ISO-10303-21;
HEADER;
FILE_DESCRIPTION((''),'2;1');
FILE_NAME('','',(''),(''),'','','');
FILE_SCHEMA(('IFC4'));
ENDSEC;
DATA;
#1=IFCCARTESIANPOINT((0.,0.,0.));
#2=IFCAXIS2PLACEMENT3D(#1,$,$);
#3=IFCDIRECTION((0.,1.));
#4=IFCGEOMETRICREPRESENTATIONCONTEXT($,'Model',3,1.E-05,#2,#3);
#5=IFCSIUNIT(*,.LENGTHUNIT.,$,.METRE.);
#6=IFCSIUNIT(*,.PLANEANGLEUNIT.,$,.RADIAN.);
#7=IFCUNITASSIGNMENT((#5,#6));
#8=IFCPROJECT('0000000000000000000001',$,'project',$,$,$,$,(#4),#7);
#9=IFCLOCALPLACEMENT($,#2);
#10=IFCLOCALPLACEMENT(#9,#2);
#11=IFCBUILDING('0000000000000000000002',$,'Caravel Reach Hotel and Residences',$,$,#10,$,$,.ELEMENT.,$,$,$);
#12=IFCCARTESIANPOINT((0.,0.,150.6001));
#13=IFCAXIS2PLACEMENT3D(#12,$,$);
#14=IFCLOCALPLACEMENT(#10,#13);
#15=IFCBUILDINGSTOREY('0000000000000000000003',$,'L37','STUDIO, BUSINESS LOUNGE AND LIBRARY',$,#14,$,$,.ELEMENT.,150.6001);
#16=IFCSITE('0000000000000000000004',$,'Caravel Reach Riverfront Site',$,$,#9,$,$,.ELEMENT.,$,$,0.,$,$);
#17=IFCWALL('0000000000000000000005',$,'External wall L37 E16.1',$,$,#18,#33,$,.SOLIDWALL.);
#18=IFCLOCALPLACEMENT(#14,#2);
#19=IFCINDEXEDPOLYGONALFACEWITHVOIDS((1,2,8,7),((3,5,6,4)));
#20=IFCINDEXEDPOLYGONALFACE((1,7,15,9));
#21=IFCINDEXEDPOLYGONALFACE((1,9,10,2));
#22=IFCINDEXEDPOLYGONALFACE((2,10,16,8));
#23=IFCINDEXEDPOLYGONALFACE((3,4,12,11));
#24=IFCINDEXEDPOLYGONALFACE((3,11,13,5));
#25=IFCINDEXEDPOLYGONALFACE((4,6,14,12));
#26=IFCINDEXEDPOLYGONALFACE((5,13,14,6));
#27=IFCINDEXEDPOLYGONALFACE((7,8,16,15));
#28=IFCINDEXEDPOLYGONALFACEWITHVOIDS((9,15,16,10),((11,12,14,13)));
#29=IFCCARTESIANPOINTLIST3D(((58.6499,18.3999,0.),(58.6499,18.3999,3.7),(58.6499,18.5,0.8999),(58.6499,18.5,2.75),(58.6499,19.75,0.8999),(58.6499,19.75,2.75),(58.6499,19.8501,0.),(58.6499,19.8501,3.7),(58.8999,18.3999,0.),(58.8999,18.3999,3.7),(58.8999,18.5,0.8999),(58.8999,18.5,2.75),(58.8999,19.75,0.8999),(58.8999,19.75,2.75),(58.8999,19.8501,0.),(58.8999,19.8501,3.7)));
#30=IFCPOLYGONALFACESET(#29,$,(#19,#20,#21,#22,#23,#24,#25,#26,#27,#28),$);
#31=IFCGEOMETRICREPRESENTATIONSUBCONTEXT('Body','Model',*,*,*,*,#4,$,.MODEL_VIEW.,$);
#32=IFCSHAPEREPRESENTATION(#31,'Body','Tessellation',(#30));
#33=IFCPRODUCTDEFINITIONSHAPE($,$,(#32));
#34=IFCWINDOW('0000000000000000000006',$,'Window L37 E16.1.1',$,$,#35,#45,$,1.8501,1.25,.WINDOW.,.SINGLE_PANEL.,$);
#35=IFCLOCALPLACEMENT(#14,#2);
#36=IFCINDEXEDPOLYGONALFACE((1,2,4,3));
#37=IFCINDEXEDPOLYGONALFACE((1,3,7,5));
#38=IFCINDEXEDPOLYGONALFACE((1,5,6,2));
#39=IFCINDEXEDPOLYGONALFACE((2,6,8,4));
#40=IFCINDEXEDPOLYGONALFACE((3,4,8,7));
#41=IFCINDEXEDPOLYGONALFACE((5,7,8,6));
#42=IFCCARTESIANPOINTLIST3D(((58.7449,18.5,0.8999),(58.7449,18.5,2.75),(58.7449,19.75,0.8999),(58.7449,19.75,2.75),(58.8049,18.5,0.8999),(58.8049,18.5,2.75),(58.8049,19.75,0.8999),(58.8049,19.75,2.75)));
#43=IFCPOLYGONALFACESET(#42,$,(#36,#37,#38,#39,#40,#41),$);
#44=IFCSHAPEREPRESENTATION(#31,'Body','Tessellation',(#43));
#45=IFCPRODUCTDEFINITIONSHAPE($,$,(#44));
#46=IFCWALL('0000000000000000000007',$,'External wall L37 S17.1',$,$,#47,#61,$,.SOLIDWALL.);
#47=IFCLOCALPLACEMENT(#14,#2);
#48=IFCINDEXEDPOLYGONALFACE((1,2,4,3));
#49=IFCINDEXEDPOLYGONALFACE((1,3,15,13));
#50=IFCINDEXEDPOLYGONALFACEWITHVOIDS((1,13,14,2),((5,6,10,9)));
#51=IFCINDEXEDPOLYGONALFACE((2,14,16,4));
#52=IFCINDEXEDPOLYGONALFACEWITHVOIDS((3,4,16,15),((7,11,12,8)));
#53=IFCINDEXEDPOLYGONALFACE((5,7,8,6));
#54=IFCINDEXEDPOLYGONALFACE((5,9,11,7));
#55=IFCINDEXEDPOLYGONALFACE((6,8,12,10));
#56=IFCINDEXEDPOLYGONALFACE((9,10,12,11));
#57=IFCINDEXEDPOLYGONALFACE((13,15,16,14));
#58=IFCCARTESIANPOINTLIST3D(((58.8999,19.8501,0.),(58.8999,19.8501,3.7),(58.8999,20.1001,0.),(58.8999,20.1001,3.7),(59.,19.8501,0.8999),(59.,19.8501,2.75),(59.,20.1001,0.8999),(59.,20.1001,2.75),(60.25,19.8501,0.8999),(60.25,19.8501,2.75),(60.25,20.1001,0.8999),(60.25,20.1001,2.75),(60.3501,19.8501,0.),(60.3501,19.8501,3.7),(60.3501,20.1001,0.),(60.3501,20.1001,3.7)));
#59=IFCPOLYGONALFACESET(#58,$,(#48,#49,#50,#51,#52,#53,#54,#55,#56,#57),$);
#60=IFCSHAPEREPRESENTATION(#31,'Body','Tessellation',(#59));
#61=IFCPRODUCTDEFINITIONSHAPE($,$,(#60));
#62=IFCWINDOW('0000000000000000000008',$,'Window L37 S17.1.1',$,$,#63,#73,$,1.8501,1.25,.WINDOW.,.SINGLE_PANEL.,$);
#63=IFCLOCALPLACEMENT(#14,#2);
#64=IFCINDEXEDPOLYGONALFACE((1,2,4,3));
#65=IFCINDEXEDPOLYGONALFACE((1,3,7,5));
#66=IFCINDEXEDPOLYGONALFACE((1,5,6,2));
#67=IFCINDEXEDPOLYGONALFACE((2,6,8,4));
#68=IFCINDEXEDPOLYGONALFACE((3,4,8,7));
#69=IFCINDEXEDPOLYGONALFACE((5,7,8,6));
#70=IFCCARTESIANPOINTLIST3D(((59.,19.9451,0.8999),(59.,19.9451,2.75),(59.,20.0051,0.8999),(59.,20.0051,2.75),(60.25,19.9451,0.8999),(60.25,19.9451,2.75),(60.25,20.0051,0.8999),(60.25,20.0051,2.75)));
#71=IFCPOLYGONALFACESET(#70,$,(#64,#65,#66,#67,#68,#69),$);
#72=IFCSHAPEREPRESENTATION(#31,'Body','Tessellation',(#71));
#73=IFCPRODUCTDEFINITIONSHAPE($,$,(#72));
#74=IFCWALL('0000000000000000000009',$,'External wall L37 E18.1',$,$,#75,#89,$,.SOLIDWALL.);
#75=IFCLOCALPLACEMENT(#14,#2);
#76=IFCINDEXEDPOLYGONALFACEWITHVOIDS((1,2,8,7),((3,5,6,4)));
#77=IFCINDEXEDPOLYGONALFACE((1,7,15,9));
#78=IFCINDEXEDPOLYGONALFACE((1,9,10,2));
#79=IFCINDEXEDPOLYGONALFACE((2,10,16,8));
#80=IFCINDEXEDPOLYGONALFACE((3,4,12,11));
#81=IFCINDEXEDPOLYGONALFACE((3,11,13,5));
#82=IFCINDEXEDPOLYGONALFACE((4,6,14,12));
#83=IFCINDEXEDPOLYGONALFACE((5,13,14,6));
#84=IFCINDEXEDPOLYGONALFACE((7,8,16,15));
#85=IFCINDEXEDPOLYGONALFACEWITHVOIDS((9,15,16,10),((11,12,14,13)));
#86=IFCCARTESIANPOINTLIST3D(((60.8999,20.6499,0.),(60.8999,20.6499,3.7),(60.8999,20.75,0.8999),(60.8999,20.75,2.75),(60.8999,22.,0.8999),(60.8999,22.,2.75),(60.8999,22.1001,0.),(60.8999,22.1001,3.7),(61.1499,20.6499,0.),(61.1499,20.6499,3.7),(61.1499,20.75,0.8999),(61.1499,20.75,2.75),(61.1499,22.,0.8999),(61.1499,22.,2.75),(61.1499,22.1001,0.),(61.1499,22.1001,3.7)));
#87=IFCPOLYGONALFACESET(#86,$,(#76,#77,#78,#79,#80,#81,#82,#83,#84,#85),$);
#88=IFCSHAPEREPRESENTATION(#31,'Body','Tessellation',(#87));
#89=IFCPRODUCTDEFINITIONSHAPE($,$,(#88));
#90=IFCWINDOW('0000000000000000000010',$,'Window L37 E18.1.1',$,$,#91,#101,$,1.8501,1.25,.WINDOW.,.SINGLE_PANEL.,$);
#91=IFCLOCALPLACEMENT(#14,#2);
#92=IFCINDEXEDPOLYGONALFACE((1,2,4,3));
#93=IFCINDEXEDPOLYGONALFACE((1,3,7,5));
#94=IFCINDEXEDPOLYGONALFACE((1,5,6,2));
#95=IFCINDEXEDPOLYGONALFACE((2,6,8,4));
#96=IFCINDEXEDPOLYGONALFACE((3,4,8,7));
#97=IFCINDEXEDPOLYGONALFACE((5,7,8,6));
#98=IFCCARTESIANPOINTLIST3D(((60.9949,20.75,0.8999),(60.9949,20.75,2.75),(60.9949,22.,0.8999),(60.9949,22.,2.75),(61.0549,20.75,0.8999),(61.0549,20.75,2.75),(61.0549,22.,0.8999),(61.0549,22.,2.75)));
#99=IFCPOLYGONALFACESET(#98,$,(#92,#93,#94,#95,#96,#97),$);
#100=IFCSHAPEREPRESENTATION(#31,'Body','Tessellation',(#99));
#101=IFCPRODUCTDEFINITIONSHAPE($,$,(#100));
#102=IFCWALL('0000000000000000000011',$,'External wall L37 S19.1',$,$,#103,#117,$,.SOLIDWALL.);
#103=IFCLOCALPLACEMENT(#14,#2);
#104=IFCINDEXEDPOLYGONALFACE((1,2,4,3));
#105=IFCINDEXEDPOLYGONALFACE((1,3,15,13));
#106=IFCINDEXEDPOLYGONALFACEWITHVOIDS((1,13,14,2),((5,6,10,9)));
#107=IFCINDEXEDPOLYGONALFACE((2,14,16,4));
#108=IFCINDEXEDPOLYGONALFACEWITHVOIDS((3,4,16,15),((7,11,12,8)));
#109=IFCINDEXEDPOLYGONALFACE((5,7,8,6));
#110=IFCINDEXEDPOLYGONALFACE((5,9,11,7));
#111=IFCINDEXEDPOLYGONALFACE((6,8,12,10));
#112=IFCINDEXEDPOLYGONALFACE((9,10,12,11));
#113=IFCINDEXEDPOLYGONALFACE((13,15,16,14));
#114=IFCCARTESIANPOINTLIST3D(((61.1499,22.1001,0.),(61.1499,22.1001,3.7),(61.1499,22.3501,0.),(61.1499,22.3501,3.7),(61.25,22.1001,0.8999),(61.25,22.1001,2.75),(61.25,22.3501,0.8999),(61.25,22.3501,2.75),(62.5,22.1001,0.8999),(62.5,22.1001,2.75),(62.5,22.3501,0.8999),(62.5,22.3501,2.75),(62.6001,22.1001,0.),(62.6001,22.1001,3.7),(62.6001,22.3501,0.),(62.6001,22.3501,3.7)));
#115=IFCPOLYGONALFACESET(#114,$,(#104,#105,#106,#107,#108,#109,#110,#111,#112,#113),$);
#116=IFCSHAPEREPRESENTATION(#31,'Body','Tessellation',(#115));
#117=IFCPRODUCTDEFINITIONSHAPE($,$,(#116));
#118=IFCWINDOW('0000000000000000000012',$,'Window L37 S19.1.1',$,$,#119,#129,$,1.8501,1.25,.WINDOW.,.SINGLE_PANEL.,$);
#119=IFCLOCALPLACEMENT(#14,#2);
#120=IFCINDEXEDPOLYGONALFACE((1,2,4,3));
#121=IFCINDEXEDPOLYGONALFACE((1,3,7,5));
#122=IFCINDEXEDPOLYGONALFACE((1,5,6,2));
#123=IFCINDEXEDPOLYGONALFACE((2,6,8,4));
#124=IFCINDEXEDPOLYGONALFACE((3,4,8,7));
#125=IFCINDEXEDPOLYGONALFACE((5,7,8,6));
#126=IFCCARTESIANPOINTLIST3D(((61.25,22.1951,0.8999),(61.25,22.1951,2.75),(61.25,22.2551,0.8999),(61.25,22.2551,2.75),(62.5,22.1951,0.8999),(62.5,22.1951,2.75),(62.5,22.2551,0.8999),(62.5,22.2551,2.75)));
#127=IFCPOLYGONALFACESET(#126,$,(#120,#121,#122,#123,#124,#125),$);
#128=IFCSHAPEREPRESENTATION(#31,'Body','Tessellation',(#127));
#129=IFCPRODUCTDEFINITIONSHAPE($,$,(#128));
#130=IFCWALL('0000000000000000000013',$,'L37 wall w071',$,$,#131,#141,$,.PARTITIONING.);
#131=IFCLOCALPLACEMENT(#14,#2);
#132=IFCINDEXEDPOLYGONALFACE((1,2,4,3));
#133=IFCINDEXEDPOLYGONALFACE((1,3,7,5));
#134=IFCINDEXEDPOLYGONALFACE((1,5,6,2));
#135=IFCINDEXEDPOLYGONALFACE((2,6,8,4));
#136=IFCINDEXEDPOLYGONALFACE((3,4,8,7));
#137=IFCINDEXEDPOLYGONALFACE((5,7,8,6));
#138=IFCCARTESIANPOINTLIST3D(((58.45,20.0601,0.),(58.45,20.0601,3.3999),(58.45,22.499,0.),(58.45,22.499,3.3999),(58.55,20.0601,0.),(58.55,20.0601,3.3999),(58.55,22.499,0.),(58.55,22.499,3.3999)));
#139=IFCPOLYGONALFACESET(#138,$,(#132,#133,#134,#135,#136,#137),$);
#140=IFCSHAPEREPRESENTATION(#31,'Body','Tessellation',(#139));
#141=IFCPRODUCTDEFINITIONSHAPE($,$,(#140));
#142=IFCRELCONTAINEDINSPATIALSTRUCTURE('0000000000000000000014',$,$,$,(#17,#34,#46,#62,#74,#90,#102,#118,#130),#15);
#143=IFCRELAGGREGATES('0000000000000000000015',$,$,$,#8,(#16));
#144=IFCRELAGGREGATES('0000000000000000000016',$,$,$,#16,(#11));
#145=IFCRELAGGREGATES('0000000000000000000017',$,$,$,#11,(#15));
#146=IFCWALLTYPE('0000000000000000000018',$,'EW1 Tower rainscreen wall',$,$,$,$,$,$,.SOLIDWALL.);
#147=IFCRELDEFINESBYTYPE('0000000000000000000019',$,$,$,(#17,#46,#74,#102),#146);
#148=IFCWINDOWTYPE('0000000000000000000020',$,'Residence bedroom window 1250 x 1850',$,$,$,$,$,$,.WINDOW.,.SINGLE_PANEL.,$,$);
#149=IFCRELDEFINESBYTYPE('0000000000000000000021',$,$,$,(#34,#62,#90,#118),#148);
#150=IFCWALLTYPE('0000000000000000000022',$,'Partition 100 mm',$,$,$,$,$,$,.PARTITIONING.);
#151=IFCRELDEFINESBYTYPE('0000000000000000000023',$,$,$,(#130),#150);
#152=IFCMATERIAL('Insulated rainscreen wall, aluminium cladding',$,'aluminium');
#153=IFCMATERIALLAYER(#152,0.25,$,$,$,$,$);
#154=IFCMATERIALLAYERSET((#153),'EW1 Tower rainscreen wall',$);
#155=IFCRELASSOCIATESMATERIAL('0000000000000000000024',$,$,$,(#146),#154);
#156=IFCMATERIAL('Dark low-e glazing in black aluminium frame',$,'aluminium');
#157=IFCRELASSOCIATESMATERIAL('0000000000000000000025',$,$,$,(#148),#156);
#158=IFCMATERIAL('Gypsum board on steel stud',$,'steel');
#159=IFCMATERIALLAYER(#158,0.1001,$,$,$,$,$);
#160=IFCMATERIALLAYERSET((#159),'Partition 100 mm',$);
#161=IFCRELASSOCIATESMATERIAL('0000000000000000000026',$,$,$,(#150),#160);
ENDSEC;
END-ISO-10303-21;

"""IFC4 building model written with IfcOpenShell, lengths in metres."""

from ifc_helpers import new_model, si_unit, direction, frame, frame_2d, origin, place, context, subcontext, project, spatial, rectangle, extrude, material, layer, layer_set, type_object, element, fill, save


model = new_model("IFC4")

# Units and contexts
model_context = context("Model", 3, precision=1e-05, world=origin(), true_north=direction((0.0, 1.0)))
body_context = subcontext(model_context, "Body", "Model", "MODEL_VIEW")
ifc_project = project(units=[si_unit("LENGTHUNIT", "METRE"), si_unit("PLANEANGLEUNIT", "RADIAN")], contexts=[model_context])

# Site, building, storey
site_placement = place(None, origin())
site = spatial("IfcSite", under=ifc_project, at=site_placement, Name="Caravel Reach Riverfront Site", CompositionType="ELEMENT", RefElevation=0.0)
building_placement = place(site_placement, origin())
building = spatial("IfcBuilding", under=site, at=building_placement, Name="Caravel Reach Hotel and Residences", CompositionType="ELEMENT")
storey_placement = place(building_placement, frame((0.0, 0.0, 150.6001)))
storey = spatial("IfcBuildingStorey", under=building, at=storey_placement, Name="L37", Description="STUDIO, BUSINESS LOUNGE AND LIBRARY", CompositionType="ELEMENT", Elevation=150.6001)

# Walls, openings, windows
ifc_material_1 = material(Name="Insulated rainscreen wall, aluminium cladding", Category="aluminium")
ifc_layer_1 = layer(ifc_material_1, 0.25)
ifc_layer_set_1 = layer_set([ifc_layer_1], Name="EW1 Tower rainscreen wall")
wall_type_1 = type_object("IfcWallType", Name="EW1 Tower rainscreen wall", PredefinedType="SOLIDWALL", material=ifc_layer_set_1)
wall_1_placement = place(storey_placement, frame((58.7749, 18.3999, 0.0), z_axis=(0.0, 0.0, 1.0), x_axis=(0.0, 1.0, 0.0)))
wall_1 = element("IfcWall", 1, at=wall_1_placement, inside=storey, type_object=wall_type_1, Name="External wall L37 E16.1", PredefinedType="SOLIDWALL", context=body_context, shape_type="SweptSolid", body=[
    extrude(rectangle(XDim=1.4502, YDim=0.25, at=frame_2d((0.7251, 0.0))), origin(), (0.0, 0.0, 1.0), 3.7),
])
opening_1_placement = place(wall_1_placement, frame((0.1001, 0.0, 0.8999)))
opening_1 = element("IfcOpeningElement", 2, at=opening_1_placement, cuts=wall_1, PredefinedType="OPENING", context=body_context, shape_type="SweptSolid", body=[
    extrude(rectangle(XDim=1.25, YDim=1.8501, at=frame_2d((0.625, 0.925))), frame((0.0, 0.135, 0.0), z_axis=(0.0, -1.0, 0.0), x_axis=(1.0, 0.0, 0.0)), (0.0, 0.0, 1.0), 0.27),
])
ifc_material_2 = material(Name="Dark low-e glazing in black aluminium frame", Category="aluminium")
window_type = type_object("IfcWindowType", Name="Residence bedroom window 1250 x 1850", PartitioningType="SINGLE_PANEL", PredefinedType="WINDOW", material=ifc_material_2)
window_1_placement = place(opening_1_placement, origin())
window_1 = element("IfcWindow", 3, at=window_1_placement, inside=storey, type_object=window_type, Name="Window L37 E16.1.1", OverallHeight=1.8501, OverallWidth=1.25, PartitioningType="SINGLE_PANEL", PredefinedType="WINDOW", context=body_context, shape_type="SweptSolid", body=[
    extrude(rectangle(XDim=1.25, YDim=1.8501, at=frame_2d((0.625, 0.925))), frame((0.0, 0.03, 0.0), z_axis=(0.0, -1.0, 0.0), x_axis=(1.0, 0.0, 0.0)), (0.0, 0.0, 1.0), 0.0601),
])
fill(opening_1, window_1)
wall_2_placement = place(storey_placement, frame((58.8999, 19.9751, 0.0), z_axis=(0.0, 0.0, 1.0), x_axis=(1.0, 0.0, 0.0)))
wall_2 = element("IfcWall", 4, at=wall_2_placement, inside=storey, type_object=wall_type_1, Name="External wall L37 S17.1", PredefinedType="SOLIDWALL", context=body_context, shape_type="SweptSolid", body=[
    extrude(rectangle(XDim=1.4502, YDim=0.25, at=frame_2d((0.7251, 0.0))), origin(), (0.0, 0.0, 1.0), 3.7),
])
opening_2_placement = place(wall_2_placement, frame((0.1001, 0.0, 0.8999)))
opening_2 = element("IfcOpeningElement", 5, at=opening_2_placement, cuts=wall_2, PredefinedType="OPENING", context=body_context, shape_type="SweptSolid", body=[
    extrude(rectangle(XDim=1.25, YDim=1.8501, at=frame_2d((0.625, 0.925))), frame((0.0, 0.135, 0.0), z_axis=(0.0, -1.0, 0.0), x_axis=(1.0, 0.0, 0.0)), (0.0, 0.0, 1.0), 0.27),
])
window_2_placement = place(opening_2_placement, origin())
window_2 = element("IfcWindow", 6, at=window_2_placement, inside=storey, type_object=window_type, Name="Window L37 S17.1.1", OverallHeight=1.8501, OverallWidth=1.25, PartitioningType="SINGLE_PANEL", PredefinedType="WINDOW", context=body_context, shape_type="SweptSolid", body=[
    extrude(rectangle(XDim=1.25, YDim=1.8501, at=frame_2d((0.625, 0.925))), frame((0.0, 0.03, 0.0), z_axis=(0.0, -1.0, 0.0), x_axis=(1.0, 0.0, 0.0)), (0.0, 0.0, 1.0), 0.0601),
])
fill(opening_2, window_2)
wall_3_placement = place(storey_placement, frame((61.0249, 20.6499, 0.0), z_axis=(0.0, 0.0, 1.0), x_axis=(0.0, 1.0, 0.0)))
wall_3 = element("IfcWall", 7, at=wall_3_placement, inside=storey, type_object=wall_type_1, Name="External wall L37 E18.1", PredefinedType="SOLIDWALL", context=body_context, shape_type="SweptSolid", body=[
    extrude(rectangle(XDim=1.4502, YDim=0.25, at=frame_2d((0.7251, 0.0))), origin(), (0.0, 0.0, 1.0), 3.7),
])
opening_3_placement = place(wall_3_placement, frame((0.1001, 0.0, 0.8999)))
opening_3 = element("IfcOpeningElement", 8, at=opening_3_placement, cuts=wall_3, PredefinedType="OPENING", context=body_context, shape_type="SweptSolid", body=[
    extrude(rectangle(XDim=1.25, YDim=1.8501, at=frame_2d((0.625, 0.925))), frame((0.0, 0.135, 0.0), z_axis=(0.0, -1.0, 0.0), x_axis=(1.0, 0.0, 0.0)), (0.0, 0.0, 1.0), 0.27),
])
window_3_placement = place(opening_3_placement, origin())
window_3 = element("IfcWindow", 9, at=window_3_placement, inside=storey, type_object=window_type, Name="Window L37 E18.1.1", OverallHeight=1.8501, OverallWidth=1.25, PartitioningType="SINGLE_PANEL", PredefinedType="WINDOW", context=body_context, shape_type="SweptSolid", body=[
    extrude(rectangle(XDim=1.25, YDim=1.8501, at=frame_2d((0.625, 0.925))), frame((0.0, 0.03, 0.0), z_axis=(0.0, -1.0, 0.0), x_axis=(1.0, 0.0, 0.0)), (0.0, 0.0, 1.0), 0.0601),
])
fill(opening_3, window_3)
wall_4_placement = place(storey_placement, frame((61.1499, 22.2251, 0.0), z_axis=(0.0, 0.0, 1.0), x_axis=(1.0, 0.0, 0.0)))
wall_4 = element("IfcWall", 10, at=wall_4_placement, inside=storey, type_object=wall_type_1, Name="External wall L37 S19.1", PredefinedType="SOLIDWALL", context=body_context, shape_type="SweptSolid", body=[
    extrude(rectangle(XDim=1.4502, YDim=0.25, at=frame_2d((0.7251, 0.0))), origin(), (0.0, 0.0, 1.0), 3.7),
])
opening_4_placement = place(wall_4_placement, frame((0.1001, 0.0, 0.8999)))
opening_4 = element("IfcOpeningElement", 11, at=opening_4_placement, cuts=wall_4, PredefinedType="OPENING", context=body_context, shape_type="SweptSolid", body=[
    extrude(rectangle(XDim=1.25, YDim=1.8501, at=frame_2d((0.625, 0.925))), frame((0.0, 0.135, 0.0), z_axis=(0.0, -1.0, 0.0), x_axis=(1.0, 0.0, 0.0)), (0.0, 0.0, 1.0), 0.27),
])
window_4_placement = place(opening_4_placement, origin())
window_4 = element("IfcWindow", 12, at=window_4_placement, inside=storey, type_object=window_type, Name="Window L37 S19.1.1", OverallHeight=1.8501, OverallWidth=1.25, PartitioningType="SINGLE_PANEL", PredefinedType="WINDOW", context=body_context, shape_type="SweptSolid", body=[
    extrude(rectangle(XDim=1.25, YDim=1.8501, at=frame_2d((0.625, 0.925))), frame((0.0, 0.03, 0.0), z_axis=(0.0, -1.0, 0.0), x_axis=(1.0, 0.0, 0.0)), (0.0, 0.0, 1.0), 0.0601),
])
fill(opening_4, window_4)

# Wall
ifc_material_3 = material(Name="Gypsum board on steel stud", Category="steel")
ifc_layer_2 = layer(ifc_material_3, 0.1001)
ifc_layer_set_2 = layer_set([ifc_layer_2], Name="Partition 100 mm")
wall_type_2 = type_object("IfcWallType", Name="Partition 100 mm", PredefinedType="PARTITIONING", material=ifc_layer_set_2)
wall_5_placement = place(storey_placement, frame((58.5, 20.0601, 0.0), z_axis=(0.0, 0.0, 1.0), x_axis=(0.0, 1.0, 0.0)))
element("IfcWall", 13, at=wall_5_placement, inside=storey, type_object=wall_type_2, Name="L37 wall w071", PredefinedType="PARTITIONING", context=body_context, shape_type="SweptSolid", body=[
    extrude(rectangle(XDim=2.439, YDim=0.1001, at=frame_2d((1.2195, 0.0))), origin(), (0.0, 0.0, 1.0), 3.3999),
])

save(model, "model.ifc")
